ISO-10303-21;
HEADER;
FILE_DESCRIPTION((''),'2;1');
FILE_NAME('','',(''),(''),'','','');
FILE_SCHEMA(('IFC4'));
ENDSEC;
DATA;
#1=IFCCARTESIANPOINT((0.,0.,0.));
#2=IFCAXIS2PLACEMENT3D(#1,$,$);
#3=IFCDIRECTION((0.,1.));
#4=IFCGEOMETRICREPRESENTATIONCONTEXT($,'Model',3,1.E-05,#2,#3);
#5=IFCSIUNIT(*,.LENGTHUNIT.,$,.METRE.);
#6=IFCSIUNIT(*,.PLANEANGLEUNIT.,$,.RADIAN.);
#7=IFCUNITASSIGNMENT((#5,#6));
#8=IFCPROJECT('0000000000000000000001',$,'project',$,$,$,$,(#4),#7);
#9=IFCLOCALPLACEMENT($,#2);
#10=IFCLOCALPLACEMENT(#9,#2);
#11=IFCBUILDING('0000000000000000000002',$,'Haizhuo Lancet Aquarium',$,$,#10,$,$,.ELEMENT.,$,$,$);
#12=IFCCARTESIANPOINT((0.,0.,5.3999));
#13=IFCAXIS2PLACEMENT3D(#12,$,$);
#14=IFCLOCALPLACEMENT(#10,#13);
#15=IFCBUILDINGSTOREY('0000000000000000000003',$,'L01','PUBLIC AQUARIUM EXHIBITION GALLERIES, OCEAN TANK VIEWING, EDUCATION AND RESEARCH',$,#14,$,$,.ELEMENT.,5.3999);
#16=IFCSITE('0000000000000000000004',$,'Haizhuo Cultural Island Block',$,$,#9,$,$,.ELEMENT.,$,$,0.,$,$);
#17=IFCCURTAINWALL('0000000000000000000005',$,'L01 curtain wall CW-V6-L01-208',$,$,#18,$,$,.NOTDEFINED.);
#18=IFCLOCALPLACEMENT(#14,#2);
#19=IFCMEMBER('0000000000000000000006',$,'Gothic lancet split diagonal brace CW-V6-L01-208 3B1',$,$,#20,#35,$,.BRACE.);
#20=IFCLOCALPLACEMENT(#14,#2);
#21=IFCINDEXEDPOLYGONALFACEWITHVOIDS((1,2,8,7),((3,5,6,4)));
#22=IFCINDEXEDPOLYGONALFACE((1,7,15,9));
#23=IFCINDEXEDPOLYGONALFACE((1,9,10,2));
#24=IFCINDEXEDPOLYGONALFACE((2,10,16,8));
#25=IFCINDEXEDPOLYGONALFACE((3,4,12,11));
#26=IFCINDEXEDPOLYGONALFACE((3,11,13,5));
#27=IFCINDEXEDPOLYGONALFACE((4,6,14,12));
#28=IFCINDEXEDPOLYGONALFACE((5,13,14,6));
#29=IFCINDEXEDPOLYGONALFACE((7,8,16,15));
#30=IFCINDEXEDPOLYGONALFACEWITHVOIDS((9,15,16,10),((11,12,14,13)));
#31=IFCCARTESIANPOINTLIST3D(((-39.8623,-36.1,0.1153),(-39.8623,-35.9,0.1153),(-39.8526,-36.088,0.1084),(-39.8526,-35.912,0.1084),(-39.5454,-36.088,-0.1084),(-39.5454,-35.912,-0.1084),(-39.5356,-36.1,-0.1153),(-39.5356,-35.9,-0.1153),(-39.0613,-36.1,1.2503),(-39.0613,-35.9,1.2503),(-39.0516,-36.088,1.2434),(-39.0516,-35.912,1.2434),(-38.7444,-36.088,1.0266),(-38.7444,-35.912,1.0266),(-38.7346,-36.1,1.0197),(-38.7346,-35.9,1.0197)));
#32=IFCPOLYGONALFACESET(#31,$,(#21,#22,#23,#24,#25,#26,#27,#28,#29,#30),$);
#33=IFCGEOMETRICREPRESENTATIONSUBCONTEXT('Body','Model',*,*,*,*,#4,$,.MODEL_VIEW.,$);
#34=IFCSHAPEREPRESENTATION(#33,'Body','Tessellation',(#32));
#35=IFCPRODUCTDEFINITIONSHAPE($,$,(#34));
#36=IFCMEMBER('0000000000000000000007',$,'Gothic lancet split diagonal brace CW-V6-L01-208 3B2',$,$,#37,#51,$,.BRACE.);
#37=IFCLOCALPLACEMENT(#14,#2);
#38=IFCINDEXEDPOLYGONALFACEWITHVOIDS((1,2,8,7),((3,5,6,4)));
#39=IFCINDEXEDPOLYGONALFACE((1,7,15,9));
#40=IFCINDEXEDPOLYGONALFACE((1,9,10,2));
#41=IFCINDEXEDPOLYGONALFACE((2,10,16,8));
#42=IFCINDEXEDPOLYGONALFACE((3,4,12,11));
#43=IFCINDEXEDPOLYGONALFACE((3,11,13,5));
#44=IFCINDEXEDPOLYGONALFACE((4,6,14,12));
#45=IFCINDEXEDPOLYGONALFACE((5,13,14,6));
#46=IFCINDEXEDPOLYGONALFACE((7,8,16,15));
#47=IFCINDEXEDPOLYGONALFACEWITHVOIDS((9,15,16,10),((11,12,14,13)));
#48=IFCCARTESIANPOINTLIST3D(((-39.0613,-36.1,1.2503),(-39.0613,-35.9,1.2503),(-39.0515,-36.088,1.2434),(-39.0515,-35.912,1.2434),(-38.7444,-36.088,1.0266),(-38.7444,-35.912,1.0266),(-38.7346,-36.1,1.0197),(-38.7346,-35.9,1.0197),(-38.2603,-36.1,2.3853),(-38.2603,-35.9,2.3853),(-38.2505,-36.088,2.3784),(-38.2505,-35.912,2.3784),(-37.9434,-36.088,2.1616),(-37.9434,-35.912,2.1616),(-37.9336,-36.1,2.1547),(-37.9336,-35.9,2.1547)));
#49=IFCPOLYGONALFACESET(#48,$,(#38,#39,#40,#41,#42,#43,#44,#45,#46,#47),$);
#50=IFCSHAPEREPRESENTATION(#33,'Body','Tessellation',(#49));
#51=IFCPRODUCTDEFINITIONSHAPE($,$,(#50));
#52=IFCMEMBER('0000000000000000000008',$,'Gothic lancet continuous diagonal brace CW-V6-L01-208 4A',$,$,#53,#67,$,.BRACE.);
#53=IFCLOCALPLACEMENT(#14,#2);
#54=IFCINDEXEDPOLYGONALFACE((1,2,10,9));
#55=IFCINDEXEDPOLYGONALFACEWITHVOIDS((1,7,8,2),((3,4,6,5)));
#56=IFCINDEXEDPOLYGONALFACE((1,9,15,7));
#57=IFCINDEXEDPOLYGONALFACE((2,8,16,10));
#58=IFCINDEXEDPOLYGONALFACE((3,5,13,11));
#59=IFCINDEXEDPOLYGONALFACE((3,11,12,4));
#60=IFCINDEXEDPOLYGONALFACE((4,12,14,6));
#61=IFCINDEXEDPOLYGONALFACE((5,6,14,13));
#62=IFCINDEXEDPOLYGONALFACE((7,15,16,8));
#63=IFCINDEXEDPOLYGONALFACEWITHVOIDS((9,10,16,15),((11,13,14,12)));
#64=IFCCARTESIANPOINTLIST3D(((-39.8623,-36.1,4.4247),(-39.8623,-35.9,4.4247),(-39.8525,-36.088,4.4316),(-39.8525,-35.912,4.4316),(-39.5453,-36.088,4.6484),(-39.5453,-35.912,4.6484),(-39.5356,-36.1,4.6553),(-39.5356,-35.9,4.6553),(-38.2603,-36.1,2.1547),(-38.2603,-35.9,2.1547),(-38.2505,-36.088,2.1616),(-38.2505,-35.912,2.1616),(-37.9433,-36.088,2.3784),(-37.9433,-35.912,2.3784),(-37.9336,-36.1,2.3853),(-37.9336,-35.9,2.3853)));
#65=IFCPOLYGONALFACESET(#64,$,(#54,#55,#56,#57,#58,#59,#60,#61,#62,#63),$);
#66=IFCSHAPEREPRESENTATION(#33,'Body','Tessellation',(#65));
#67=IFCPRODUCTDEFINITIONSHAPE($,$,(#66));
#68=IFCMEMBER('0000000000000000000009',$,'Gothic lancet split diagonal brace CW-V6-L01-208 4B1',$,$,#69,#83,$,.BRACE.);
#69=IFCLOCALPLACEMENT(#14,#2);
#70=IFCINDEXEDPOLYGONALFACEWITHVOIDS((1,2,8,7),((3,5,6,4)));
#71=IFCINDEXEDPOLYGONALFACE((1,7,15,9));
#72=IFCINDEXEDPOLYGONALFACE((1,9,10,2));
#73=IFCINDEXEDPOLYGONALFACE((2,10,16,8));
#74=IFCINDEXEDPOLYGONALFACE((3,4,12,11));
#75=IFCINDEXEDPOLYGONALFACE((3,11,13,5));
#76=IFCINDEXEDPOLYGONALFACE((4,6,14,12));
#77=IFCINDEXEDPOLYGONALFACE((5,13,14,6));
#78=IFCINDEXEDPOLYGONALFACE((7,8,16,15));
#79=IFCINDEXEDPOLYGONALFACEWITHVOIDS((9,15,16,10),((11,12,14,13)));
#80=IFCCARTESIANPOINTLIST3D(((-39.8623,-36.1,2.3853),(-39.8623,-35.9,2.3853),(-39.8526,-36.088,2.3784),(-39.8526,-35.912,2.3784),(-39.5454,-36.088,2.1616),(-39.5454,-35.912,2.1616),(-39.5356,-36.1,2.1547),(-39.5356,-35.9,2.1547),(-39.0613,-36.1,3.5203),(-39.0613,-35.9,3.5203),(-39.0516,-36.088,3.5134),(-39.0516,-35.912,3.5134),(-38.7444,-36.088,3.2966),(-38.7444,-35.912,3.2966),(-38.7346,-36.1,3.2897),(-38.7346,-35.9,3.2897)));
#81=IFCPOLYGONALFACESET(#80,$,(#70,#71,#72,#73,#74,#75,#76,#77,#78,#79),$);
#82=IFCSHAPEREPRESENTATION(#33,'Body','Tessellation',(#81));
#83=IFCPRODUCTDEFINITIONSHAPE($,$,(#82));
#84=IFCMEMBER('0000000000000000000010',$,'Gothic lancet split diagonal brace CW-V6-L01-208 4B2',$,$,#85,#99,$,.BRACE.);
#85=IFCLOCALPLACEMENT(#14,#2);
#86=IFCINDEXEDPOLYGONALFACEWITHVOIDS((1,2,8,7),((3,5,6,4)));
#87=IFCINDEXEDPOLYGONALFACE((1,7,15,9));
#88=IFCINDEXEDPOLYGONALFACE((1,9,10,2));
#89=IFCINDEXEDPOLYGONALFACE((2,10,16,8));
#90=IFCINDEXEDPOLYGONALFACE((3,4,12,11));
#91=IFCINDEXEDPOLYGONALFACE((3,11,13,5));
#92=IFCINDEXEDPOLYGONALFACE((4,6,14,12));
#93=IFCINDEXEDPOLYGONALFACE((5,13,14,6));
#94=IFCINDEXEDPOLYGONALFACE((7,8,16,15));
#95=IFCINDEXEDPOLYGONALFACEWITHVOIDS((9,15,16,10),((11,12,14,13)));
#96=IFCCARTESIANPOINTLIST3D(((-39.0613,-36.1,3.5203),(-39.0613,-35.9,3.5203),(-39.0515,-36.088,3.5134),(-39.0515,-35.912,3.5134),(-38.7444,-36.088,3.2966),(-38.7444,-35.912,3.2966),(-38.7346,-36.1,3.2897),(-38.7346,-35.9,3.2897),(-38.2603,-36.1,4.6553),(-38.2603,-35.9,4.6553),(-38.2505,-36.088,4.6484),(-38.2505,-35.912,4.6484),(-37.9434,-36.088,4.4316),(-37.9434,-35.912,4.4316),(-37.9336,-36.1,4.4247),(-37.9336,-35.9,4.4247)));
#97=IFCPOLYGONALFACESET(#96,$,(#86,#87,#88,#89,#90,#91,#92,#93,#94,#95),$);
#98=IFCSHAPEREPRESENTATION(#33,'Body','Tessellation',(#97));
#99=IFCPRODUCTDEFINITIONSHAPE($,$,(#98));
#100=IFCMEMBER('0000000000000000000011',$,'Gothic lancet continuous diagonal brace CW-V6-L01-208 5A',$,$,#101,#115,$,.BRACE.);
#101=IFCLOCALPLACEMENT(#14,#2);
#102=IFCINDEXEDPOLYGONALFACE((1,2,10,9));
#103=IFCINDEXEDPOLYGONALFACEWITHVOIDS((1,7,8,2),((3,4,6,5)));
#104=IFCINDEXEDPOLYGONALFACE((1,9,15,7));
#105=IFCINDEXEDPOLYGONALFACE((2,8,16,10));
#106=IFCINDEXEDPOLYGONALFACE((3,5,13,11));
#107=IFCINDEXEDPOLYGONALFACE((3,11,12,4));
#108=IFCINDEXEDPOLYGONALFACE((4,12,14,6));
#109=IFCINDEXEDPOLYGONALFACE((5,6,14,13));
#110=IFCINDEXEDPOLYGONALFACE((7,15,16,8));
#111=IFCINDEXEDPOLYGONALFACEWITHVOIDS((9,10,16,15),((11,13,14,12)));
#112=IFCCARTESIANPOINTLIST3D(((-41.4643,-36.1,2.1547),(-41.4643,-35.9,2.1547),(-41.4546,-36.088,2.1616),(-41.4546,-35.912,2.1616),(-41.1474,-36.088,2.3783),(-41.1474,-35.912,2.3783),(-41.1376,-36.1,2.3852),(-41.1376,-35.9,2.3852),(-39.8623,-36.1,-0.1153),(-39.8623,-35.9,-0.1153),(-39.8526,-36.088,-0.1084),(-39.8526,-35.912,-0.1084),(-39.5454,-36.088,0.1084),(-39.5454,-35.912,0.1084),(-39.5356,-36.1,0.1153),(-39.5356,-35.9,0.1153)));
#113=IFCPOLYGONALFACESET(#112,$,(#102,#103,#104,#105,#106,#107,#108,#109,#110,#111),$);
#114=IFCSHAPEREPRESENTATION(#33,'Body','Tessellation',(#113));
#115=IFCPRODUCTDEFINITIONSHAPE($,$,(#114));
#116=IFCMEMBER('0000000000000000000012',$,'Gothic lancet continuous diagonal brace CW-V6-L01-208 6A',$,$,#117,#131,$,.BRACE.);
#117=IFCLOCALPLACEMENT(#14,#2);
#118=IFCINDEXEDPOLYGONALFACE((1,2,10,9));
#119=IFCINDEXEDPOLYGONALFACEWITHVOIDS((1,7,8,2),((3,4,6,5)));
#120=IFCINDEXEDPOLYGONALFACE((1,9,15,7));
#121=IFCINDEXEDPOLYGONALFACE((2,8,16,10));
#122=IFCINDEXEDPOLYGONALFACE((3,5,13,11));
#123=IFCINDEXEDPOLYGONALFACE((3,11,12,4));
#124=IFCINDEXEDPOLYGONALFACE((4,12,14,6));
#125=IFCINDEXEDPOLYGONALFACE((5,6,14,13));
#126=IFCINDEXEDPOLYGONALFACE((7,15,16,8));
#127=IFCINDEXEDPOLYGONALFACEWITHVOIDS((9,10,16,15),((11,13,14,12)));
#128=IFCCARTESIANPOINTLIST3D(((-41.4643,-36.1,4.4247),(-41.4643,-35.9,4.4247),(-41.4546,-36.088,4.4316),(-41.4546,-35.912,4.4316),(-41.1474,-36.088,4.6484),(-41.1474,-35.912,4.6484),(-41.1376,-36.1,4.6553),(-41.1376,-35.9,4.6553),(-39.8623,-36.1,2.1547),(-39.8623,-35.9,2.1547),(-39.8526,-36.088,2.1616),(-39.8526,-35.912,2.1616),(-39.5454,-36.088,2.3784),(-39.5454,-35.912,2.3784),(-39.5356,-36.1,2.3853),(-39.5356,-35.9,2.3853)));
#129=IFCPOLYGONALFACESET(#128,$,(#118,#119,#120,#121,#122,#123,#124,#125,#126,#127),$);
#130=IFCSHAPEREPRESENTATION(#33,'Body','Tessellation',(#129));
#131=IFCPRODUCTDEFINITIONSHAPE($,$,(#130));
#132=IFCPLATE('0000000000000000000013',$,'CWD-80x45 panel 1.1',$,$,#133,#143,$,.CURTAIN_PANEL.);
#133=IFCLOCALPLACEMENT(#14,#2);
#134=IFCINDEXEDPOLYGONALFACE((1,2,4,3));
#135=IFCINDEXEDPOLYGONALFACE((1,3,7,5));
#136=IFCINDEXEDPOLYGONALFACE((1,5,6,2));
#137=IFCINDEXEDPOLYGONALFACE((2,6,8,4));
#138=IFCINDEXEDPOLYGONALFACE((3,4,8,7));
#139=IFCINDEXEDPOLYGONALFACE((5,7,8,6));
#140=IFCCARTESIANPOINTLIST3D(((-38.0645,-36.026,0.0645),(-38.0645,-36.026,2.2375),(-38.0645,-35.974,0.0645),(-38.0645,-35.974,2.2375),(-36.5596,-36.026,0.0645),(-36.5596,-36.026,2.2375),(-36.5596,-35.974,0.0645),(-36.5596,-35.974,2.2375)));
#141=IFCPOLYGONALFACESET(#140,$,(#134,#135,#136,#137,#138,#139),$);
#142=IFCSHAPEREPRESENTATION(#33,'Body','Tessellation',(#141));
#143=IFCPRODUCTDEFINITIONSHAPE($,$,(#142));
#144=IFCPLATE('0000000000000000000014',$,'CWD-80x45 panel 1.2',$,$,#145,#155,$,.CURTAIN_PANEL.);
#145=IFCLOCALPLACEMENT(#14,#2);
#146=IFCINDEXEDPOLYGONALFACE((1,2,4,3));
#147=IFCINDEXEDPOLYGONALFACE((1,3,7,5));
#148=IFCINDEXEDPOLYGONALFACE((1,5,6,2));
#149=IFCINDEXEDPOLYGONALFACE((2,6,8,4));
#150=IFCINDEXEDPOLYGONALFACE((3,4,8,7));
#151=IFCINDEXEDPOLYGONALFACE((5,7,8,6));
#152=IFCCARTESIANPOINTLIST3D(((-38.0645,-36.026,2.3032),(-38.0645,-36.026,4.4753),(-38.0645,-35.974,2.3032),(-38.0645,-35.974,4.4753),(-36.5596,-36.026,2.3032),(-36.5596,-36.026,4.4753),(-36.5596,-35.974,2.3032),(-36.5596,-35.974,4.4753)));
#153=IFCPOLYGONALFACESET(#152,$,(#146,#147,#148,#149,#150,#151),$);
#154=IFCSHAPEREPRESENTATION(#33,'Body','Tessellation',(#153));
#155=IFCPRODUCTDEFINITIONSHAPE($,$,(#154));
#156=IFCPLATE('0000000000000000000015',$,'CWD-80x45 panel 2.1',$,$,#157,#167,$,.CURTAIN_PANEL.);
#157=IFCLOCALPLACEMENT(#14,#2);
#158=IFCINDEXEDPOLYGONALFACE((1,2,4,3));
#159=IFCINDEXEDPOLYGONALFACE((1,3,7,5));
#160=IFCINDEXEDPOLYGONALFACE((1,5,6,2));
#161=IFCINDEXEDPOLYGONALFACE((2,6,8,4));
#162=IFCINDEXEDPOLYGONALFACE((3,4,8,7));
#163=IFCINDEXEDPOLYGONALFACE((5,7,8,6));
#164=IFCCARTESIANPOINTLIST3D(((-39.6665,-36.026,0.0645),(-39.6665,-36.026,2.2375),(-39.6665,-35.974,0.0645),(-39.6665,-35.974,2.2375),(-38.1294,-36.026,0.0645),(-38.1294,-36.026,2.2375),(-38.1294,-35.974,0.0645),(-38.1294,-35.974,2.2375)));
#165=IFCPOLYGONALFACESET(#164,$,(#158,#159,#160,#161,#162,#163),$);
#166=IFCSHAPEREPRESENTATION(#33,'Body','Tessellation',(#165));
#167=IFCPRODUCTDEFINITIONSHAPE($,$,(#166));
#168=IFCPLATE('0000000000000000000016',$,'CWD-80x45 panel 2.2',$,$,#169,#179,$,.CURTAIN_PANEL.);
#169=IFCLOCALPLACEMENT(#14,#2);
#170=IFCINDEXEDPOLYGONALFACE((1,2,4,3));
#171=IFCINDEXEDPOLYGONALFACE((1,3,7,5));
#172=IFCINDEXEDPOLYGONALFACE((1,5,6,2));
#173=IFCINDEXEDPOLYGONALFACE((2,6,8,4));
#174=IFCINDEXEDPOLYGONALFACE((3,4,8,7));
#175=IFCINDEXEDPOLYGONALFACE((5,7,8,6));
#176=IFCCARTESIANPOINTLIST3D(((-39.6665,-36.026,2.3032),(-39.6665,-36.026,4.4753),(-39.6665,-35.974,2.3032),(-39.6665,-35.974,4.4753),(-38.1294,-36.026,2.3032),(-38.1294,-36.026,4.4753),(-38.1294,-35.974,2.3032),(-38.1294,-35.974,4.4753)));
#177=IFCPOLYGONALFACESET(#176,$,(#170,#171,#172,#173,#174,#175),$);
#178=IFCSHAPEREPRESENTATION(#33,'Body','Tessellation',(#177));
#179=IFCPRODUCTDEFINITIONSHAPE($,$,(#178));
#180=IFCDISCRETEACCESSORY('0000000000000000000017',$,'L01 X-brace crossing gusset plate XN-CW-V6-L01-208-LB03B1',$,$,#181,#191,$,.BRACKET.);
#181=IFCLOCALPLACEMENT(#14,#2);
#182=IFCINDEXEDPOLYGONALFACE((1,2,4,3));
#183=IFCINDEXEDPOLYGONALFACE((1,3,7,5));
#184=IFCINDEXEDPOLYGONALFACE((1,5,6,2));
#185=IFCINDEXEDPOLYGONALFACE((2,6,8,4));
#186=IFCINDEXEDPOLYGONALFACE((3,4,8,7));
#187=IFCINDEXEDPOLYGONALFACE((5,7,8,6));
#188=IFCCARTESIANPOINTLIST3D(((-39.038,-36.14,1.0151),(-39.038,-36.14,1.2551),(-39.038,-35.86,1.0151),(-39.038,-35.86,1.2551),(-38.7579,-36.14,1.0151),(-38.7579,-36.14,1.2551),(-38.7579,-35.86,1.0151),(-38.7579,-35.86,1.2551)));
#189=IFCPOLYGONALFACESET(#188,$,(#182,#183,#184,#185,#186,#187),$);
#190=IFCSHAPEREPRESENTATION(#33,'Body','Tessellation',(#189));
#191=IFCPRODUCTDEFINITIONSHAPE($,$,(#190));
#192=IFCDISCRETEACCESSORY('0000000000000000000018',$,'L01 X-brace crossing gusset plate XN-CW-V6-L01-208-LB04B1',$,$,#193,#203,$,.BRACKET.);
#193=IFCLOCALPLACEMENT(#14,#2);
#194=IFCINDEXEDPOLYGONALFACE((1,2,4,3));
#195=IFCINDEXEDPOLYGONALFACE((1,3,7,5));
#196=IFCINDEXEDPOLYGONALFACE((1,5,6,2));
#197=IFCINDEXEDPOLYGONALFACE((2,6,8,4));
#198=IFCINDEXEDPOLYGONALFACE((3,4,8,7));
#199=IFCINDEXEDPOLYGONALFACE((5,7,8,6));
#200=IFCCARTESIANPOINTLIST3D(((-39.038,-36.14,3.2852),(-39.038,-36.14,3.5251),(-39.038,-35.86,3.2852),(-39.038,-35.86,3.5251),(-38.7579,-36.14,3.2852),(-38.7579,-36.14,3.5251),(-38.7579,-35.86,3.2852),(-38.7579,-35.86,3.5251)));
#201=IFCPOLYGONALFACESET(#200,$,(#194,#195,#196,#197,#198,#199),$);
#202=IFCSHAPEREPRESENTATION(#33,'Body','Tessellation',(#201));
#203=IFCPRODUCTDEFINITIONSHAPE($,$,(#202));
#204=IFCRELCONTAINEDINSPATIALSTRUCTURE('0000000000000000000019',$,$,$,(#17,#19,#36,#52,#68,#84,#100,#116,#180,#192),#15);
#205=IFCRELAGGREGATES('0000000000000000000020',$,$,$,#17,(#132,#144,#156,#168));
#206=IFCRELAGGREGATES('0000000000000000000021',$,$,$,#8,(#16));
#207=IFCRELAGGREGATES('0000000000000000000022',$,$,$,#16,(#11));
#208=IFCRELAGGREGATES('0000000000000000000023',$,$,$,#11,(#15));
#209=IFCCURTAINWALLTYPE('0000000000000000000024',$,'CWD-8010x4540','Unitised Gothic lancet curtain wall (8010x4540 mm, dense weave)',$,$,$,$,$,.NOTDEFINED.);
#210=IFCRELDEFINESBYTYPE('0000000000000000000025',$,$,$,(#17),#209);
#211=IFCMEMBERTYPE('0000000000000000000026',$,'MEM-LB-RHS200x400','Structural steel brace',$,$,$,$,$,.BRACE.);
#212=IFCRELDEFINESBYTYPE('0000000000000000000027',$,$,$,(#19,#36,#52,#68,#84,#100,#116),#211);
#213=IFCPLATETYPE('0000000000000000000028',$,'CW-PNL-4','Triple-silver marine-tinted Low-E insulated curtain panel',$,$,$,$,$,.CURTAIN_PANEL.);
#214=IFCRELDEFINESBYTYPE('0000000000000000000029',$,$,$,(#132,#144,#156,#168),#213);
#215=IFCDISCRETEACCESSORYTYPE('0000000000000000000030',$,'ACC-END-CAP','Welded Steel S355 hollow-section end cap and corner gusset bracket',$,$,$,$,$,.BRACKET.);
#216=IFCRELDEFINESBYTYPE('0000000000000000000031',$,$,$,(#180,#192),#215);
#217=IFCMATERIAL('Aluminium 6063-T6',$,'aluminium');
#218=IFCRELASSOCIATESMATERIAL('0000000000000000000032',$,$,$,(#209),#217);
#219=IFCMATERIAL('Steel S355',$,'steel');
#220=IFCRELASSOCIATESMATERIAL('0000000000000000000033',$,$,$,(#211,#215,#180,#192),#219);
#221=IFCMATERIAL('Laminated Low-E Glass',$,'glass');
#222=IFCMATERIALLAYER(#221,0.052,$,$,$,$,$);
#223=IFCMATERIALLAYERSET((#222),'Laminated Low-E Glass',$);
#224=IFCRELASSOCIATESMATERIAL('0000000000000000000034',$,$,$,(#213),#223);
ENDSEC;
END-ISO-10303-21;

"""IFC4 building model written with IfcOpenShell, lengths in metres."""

from ifc_helpers import new_model, si_unit, direction, frame, origin, origin_2d, place, context, subcontext, project, spatial, rectangle, hollow_rectangle, extrude, material, layer, layer_set, material_profile, profile_set, type_object, element, aggregate, save


model = new_model("IFC4")

# Units and contexts
model_context = context("Model", 3, precision=1e-05, world=origin(), true_north=direction((0.0, 1.0)))
body_context = subcontext(model_context, "Body", "Model", "MODEL_VIEW")
ifc_project = project(units=[si_unit("LENGTHUNIT", "METRE"), si_unit("PLANEANGLEUNIT", "RADIAN")], contexts=[model_context])

# Site, building, storey
site_placement = place(None, origin())
site = spatial("IfcSite", under=ifc_project, at=site_placement, Name="Haizhuo Cultural Island Block", CompositionType="ELEMENT", RefElevation=0.0)
building_placement = place(site_placement, origin())
building = spatial("IfcBuilding", under=site, at=building_placement, Name="Haizhuo Lancet Aquarium", CompositionType="ELEMENT")
storey_placement = place(building_placement, frame((0.0, 0.0, 5.3999)))
storey = spatial("IfcBuildingStorey", under=building, at=storey_placement, Name="L01", Description="PUBLIC AQUARIUM EXHIBITION GALLERIES, OCEAN TANK VIEWING, EDUCATION AND RESEARCH", CompositionType="ELEMENT", Elevation=5.3999)

# Curtain wall
ifc_material_1 = material(Name="Aluminium 6063-T6", Category="aluminium")
curtain_wall_type = type_object("IfcCurtainWallType", Name="CWD-8010x4540", Description="Unitised Gothic lancet curtain wall (8010x4540 mm, dense weave)", PredefinedType="NOTDEFINED", material=ifc_material_1)
curtain_wall_placement = place(storey_placement, origin())
curtain_wall = element("IfcCurtainWall", 1, at=curtain_wall_placement, inside=storey, type_object=curtain_wall_type, Name="L01 curtain wall CW-V6-L01-208", PredefinedType="NOTDEFINED")

# Members
ifc_material_2 = material(Name="Steel S355", Category="steel")
ifc_material_profile_1 = material_profile(ifc_material_2, hollow_rectangle(XDim=0.2, YDim=0.3999, WallThickness=0.012, at=origin_2d()), Name="RHS 200x400x12")
ifc_profile_set_1 = profile_set([ifc_material_profile_1], Name="Steel S355")
member_type_1 = type_object("IfcMemberType", Name="MEM-LB-RHS200x400", Description="Structural steel brace", PredefinedType="BRACE", material=ifc_profile_set_1)
for number, where, z_axis, x_axis, name in (
    (2, (-39.699, -36.0, 0.0), (0.576607, 0.0, 0.817021), (0.0, 1.0, 0.0), "Gothic lancet split diagonal brace CW-V6-L01-208 3B1"),
    (3, (-38.8979, -36.0, 1.135), (0.576607, 0.0, 0.817021), (0.0, 1.0, 0.0), "Gothic lancet split diagonal brace CW-V6-L01-208 3B2"),
):
    element("IfcMember", number, at=place(storey_placement, frame(where, z_axis=z_axis, x_axis=x_axis)), inside=storey, type_object=member_type_1, Name=name, PredefinedType="BRACE", context=body_context, shape_type="SweptSolid", body=[
        extrude(hollow_rectangle(XDim=0.2, YDim=0.3999, WallThickness=0.012, at=origin_2d()), origin(), (0.0, 0.0, 1.0), 1.3892),
    ])
member_1_placement = place(storey_placement, frame((-38.0969, -36.0, 2.27), z_axis=(-0.576607, 0.0, 0.817021), x_axis=(0.0, -1.0, 0.0)))
element("IfcMember", 4, at=member_1_placement, inside=storey, type_object=member_type_1, Name="Gothic lancet continuous diagonal brace CW-V6-L01-208 4A", PredefinedType="BRACE", context=body_context, shape_type="SweptSolid", body=[
    extrude(hollow_rectangle(XDim=0.2, YDim=0.3999, WallThickness=0.012, at=origin_2d()), origin(), (0.0, 0.0, 1.0), 2.7783),
])
for number, where, z_axis, x_axis, name in (
    (5, (-39.699, -36.0, 2.27), (0.576607, 0.0, 0.817021), (0.0, 1.0, 0.0), "Gothic lancet split diagonal brace CW-V6-L01-208 4B1"),
    (6, (-38.8979, -36.0, 3.405), (0.576607, 0.0, 0.817021), (0.0, 1.0, 0.0), "Gothic lancet split diagonal brace CW-V6-L01-208 4B2"),
):
    element("IfcMember", number, at=place(storey_placement, frame(where, z_axis=z_axis, x_axis=x_axis)), inside=storey, type_object=member_type_1, Name=name, PredefinedType="BRACE", context=body_context, shape_type="SweptSolid", body=[
        extrude(hollow_rectangle(XDim=0.2, YDim=0.3999, WallThickness=0.012, at=origin_2d()), origin(), (0.0, 0.0, 1.0), 1.3892),
    ])
for number, where, z_axis, x_axis, name in (
    (7, (-39.699, -36.0, 0.0), (-0.576607, 0.0, 0.817021), (0.0, -1.0, 0.0), "Gothic lancet continuous diagonal brace CW-V6-L01-208 5A"),
    (8, (-39.699, -36.0, 2.27), (-0.576607, 0.0, 0.817021), (0.0, -1.0, 0.0), "Gothic lancet continuous diagonal brace CW-V6-L01-208 6A"),
):
    element("IfcMember", number, at=place(storey_placement, frame(where, z_axis=z_axis, x_axis=x_axis)), inside=storey, type_object=member_type_1, Name=name, PredefinedType="BRACE", context=body_context, shape_type="SweptSolid", body=[
        extrude(hollow_rectangle(XDim=0.2, YDim=0.3999, WallThickness=0.012, at=origin_2d()), origin(), (0.0, 0.0, 1.0), 2.7783),
    ])

# Plates
ifc_material_3 = material(Name="Laminated Low-E Glass", Category="glass")
ifc_layer = layer(ifc_material_3, 0.052)
ifc_layer_set = layer_set([ifc_layer], Name="Laminated Low-E Glass")
plate_type = type_object("IfcPlateType", Name="CW-PNL-4", Description="Triple-silver marine-tinted Low-E insulated curtain panel", PredefinedType="CURTAIN_PANEL", material=ifc_layer_set)
plate_1_placement = place(storey_placement, frame((-37.312, -36.0, 0.0645), z_axis=(0.0, 0.0, 1.0), x_axis=(-1.0, 0.0, 0.0)))
plate_1 = element("IfcPlate", 9, at=plate_1_placement, type_object=plate_type, Name="CWD-80x45 panel 1.1", PredefinedType="CURTAIN_PANEL", context=body_context, shape_type="SweptSolid", body=[
    extrude(rectangle(XDim=1.5049, YDim=0.052, at=origin_2d()), origin(), (0.0, 0.0, 1.0), 2.1731),
])
plate_2_placement = place(storey_placement, frame((-37.312, -36.0, 2.3032), z_axis=(0.0, 0.0, 1.0), x_axis=(-1.0, 0.0, 0.0)))
plate_2 = element("IfcPlate", 10, at=plate_2_placement, type_object=plate_type, Name="CWD-80x45 panel 1.2", PredefinedType="CURTAIN_PANEL", context=body_context, shape_type="SweptSolid", body=[
    extrude(rectangle(XDim=1.5049, YDim=0.052, at=origin_2d()), origin(), (0.0, 0.0, 1.0), 2.1721),
])
plate_3_placement = place(storey_placement, frame((-38.8979, -36.0, 0.0645), z_axis=(0.0, 0.0, 1.0), x_axis=(-1.0, 0.0, 0.0)))
plate_3 = element("IfcPlate", 11, at=plate_3_placement, type_object=plate_type, Name="CWD-80x45 panel 2.1", PredefinedType="CURTAIN_PANEL", context=body_context, shape_type="SweptSolid", body=[
    extrude(rectangle(XDim=1.5371, YDim=0.052, at=origin_2d()), origin(), (0.0, 0.0, 1.0), 2.1731),
])
plate_4_placement = place(storey_placement, frame((-38.8979, -36.0, 2.3032), z_axis=(0.0, 0.0, 1.0), x_axis=(-1.0, 0.0, 0.0)))
plate_4 = element("IfcPlate", 12, at=plate_4_placement, type_object=plate_type, Name="CWD-80x45 panel 2.2", PredefinedType="CURTAIN_PANEL", context=body_context, shape_type="SweptSolid", body=[
    extrude(rectangle(XDim=1.5371, YDim=0.052, at=origin_2d()), origin(), (0.0, 0.0, 1.0), 2.1721),
])
aggregate(curtain_wall, [plate_1, plate_2, plate_3, plate_4])

# Discrete accessories
discrete_accessory_type = type_object("IfcDiscreteAccessoryType", Name="ACC-END-CAP", Description="Welded Steel S355 hollow-section end cap and corner gusset bracket", PredefinedType="BRACKET", material=ifc_material_2)
for number, where, z_axis, x_axis, name in (
    (13, (-38.8979, -36.0, 1.0151), (0.0, 0.0, 1.0), (1.0, 0.0, 0.0), "L01 X-brace crossing gusset plate XN-CW-V6-L01-208-LB03B1"),
    (14, (-38.8979, -36.0, 3.2852), (0.0, 0.0, 1.0), (1.0, 0.0, 0.0), "L01 X-brace crossing gusset plate XN-CW-V6-L01-208-LB04B1"),
):
    element("IfcDiscreteAccessory", number, at=place(storey_placement, frame(where, z_axis=z_axis, x_axis=x_axis)), inside=storey, type_object=discrete_accessory_type, material=ifc_material_2, Name=name, PredefinedType="BRACKET", context=body_context, shape_type="SweptSolid", body=[
        extrude(rectangle(XDim=0.28, YDim=0.28, at=origin_2d()), origin(), (0.0, 0.0, 1.0), 0.24),
    ])

save(model, "model.ifc")
